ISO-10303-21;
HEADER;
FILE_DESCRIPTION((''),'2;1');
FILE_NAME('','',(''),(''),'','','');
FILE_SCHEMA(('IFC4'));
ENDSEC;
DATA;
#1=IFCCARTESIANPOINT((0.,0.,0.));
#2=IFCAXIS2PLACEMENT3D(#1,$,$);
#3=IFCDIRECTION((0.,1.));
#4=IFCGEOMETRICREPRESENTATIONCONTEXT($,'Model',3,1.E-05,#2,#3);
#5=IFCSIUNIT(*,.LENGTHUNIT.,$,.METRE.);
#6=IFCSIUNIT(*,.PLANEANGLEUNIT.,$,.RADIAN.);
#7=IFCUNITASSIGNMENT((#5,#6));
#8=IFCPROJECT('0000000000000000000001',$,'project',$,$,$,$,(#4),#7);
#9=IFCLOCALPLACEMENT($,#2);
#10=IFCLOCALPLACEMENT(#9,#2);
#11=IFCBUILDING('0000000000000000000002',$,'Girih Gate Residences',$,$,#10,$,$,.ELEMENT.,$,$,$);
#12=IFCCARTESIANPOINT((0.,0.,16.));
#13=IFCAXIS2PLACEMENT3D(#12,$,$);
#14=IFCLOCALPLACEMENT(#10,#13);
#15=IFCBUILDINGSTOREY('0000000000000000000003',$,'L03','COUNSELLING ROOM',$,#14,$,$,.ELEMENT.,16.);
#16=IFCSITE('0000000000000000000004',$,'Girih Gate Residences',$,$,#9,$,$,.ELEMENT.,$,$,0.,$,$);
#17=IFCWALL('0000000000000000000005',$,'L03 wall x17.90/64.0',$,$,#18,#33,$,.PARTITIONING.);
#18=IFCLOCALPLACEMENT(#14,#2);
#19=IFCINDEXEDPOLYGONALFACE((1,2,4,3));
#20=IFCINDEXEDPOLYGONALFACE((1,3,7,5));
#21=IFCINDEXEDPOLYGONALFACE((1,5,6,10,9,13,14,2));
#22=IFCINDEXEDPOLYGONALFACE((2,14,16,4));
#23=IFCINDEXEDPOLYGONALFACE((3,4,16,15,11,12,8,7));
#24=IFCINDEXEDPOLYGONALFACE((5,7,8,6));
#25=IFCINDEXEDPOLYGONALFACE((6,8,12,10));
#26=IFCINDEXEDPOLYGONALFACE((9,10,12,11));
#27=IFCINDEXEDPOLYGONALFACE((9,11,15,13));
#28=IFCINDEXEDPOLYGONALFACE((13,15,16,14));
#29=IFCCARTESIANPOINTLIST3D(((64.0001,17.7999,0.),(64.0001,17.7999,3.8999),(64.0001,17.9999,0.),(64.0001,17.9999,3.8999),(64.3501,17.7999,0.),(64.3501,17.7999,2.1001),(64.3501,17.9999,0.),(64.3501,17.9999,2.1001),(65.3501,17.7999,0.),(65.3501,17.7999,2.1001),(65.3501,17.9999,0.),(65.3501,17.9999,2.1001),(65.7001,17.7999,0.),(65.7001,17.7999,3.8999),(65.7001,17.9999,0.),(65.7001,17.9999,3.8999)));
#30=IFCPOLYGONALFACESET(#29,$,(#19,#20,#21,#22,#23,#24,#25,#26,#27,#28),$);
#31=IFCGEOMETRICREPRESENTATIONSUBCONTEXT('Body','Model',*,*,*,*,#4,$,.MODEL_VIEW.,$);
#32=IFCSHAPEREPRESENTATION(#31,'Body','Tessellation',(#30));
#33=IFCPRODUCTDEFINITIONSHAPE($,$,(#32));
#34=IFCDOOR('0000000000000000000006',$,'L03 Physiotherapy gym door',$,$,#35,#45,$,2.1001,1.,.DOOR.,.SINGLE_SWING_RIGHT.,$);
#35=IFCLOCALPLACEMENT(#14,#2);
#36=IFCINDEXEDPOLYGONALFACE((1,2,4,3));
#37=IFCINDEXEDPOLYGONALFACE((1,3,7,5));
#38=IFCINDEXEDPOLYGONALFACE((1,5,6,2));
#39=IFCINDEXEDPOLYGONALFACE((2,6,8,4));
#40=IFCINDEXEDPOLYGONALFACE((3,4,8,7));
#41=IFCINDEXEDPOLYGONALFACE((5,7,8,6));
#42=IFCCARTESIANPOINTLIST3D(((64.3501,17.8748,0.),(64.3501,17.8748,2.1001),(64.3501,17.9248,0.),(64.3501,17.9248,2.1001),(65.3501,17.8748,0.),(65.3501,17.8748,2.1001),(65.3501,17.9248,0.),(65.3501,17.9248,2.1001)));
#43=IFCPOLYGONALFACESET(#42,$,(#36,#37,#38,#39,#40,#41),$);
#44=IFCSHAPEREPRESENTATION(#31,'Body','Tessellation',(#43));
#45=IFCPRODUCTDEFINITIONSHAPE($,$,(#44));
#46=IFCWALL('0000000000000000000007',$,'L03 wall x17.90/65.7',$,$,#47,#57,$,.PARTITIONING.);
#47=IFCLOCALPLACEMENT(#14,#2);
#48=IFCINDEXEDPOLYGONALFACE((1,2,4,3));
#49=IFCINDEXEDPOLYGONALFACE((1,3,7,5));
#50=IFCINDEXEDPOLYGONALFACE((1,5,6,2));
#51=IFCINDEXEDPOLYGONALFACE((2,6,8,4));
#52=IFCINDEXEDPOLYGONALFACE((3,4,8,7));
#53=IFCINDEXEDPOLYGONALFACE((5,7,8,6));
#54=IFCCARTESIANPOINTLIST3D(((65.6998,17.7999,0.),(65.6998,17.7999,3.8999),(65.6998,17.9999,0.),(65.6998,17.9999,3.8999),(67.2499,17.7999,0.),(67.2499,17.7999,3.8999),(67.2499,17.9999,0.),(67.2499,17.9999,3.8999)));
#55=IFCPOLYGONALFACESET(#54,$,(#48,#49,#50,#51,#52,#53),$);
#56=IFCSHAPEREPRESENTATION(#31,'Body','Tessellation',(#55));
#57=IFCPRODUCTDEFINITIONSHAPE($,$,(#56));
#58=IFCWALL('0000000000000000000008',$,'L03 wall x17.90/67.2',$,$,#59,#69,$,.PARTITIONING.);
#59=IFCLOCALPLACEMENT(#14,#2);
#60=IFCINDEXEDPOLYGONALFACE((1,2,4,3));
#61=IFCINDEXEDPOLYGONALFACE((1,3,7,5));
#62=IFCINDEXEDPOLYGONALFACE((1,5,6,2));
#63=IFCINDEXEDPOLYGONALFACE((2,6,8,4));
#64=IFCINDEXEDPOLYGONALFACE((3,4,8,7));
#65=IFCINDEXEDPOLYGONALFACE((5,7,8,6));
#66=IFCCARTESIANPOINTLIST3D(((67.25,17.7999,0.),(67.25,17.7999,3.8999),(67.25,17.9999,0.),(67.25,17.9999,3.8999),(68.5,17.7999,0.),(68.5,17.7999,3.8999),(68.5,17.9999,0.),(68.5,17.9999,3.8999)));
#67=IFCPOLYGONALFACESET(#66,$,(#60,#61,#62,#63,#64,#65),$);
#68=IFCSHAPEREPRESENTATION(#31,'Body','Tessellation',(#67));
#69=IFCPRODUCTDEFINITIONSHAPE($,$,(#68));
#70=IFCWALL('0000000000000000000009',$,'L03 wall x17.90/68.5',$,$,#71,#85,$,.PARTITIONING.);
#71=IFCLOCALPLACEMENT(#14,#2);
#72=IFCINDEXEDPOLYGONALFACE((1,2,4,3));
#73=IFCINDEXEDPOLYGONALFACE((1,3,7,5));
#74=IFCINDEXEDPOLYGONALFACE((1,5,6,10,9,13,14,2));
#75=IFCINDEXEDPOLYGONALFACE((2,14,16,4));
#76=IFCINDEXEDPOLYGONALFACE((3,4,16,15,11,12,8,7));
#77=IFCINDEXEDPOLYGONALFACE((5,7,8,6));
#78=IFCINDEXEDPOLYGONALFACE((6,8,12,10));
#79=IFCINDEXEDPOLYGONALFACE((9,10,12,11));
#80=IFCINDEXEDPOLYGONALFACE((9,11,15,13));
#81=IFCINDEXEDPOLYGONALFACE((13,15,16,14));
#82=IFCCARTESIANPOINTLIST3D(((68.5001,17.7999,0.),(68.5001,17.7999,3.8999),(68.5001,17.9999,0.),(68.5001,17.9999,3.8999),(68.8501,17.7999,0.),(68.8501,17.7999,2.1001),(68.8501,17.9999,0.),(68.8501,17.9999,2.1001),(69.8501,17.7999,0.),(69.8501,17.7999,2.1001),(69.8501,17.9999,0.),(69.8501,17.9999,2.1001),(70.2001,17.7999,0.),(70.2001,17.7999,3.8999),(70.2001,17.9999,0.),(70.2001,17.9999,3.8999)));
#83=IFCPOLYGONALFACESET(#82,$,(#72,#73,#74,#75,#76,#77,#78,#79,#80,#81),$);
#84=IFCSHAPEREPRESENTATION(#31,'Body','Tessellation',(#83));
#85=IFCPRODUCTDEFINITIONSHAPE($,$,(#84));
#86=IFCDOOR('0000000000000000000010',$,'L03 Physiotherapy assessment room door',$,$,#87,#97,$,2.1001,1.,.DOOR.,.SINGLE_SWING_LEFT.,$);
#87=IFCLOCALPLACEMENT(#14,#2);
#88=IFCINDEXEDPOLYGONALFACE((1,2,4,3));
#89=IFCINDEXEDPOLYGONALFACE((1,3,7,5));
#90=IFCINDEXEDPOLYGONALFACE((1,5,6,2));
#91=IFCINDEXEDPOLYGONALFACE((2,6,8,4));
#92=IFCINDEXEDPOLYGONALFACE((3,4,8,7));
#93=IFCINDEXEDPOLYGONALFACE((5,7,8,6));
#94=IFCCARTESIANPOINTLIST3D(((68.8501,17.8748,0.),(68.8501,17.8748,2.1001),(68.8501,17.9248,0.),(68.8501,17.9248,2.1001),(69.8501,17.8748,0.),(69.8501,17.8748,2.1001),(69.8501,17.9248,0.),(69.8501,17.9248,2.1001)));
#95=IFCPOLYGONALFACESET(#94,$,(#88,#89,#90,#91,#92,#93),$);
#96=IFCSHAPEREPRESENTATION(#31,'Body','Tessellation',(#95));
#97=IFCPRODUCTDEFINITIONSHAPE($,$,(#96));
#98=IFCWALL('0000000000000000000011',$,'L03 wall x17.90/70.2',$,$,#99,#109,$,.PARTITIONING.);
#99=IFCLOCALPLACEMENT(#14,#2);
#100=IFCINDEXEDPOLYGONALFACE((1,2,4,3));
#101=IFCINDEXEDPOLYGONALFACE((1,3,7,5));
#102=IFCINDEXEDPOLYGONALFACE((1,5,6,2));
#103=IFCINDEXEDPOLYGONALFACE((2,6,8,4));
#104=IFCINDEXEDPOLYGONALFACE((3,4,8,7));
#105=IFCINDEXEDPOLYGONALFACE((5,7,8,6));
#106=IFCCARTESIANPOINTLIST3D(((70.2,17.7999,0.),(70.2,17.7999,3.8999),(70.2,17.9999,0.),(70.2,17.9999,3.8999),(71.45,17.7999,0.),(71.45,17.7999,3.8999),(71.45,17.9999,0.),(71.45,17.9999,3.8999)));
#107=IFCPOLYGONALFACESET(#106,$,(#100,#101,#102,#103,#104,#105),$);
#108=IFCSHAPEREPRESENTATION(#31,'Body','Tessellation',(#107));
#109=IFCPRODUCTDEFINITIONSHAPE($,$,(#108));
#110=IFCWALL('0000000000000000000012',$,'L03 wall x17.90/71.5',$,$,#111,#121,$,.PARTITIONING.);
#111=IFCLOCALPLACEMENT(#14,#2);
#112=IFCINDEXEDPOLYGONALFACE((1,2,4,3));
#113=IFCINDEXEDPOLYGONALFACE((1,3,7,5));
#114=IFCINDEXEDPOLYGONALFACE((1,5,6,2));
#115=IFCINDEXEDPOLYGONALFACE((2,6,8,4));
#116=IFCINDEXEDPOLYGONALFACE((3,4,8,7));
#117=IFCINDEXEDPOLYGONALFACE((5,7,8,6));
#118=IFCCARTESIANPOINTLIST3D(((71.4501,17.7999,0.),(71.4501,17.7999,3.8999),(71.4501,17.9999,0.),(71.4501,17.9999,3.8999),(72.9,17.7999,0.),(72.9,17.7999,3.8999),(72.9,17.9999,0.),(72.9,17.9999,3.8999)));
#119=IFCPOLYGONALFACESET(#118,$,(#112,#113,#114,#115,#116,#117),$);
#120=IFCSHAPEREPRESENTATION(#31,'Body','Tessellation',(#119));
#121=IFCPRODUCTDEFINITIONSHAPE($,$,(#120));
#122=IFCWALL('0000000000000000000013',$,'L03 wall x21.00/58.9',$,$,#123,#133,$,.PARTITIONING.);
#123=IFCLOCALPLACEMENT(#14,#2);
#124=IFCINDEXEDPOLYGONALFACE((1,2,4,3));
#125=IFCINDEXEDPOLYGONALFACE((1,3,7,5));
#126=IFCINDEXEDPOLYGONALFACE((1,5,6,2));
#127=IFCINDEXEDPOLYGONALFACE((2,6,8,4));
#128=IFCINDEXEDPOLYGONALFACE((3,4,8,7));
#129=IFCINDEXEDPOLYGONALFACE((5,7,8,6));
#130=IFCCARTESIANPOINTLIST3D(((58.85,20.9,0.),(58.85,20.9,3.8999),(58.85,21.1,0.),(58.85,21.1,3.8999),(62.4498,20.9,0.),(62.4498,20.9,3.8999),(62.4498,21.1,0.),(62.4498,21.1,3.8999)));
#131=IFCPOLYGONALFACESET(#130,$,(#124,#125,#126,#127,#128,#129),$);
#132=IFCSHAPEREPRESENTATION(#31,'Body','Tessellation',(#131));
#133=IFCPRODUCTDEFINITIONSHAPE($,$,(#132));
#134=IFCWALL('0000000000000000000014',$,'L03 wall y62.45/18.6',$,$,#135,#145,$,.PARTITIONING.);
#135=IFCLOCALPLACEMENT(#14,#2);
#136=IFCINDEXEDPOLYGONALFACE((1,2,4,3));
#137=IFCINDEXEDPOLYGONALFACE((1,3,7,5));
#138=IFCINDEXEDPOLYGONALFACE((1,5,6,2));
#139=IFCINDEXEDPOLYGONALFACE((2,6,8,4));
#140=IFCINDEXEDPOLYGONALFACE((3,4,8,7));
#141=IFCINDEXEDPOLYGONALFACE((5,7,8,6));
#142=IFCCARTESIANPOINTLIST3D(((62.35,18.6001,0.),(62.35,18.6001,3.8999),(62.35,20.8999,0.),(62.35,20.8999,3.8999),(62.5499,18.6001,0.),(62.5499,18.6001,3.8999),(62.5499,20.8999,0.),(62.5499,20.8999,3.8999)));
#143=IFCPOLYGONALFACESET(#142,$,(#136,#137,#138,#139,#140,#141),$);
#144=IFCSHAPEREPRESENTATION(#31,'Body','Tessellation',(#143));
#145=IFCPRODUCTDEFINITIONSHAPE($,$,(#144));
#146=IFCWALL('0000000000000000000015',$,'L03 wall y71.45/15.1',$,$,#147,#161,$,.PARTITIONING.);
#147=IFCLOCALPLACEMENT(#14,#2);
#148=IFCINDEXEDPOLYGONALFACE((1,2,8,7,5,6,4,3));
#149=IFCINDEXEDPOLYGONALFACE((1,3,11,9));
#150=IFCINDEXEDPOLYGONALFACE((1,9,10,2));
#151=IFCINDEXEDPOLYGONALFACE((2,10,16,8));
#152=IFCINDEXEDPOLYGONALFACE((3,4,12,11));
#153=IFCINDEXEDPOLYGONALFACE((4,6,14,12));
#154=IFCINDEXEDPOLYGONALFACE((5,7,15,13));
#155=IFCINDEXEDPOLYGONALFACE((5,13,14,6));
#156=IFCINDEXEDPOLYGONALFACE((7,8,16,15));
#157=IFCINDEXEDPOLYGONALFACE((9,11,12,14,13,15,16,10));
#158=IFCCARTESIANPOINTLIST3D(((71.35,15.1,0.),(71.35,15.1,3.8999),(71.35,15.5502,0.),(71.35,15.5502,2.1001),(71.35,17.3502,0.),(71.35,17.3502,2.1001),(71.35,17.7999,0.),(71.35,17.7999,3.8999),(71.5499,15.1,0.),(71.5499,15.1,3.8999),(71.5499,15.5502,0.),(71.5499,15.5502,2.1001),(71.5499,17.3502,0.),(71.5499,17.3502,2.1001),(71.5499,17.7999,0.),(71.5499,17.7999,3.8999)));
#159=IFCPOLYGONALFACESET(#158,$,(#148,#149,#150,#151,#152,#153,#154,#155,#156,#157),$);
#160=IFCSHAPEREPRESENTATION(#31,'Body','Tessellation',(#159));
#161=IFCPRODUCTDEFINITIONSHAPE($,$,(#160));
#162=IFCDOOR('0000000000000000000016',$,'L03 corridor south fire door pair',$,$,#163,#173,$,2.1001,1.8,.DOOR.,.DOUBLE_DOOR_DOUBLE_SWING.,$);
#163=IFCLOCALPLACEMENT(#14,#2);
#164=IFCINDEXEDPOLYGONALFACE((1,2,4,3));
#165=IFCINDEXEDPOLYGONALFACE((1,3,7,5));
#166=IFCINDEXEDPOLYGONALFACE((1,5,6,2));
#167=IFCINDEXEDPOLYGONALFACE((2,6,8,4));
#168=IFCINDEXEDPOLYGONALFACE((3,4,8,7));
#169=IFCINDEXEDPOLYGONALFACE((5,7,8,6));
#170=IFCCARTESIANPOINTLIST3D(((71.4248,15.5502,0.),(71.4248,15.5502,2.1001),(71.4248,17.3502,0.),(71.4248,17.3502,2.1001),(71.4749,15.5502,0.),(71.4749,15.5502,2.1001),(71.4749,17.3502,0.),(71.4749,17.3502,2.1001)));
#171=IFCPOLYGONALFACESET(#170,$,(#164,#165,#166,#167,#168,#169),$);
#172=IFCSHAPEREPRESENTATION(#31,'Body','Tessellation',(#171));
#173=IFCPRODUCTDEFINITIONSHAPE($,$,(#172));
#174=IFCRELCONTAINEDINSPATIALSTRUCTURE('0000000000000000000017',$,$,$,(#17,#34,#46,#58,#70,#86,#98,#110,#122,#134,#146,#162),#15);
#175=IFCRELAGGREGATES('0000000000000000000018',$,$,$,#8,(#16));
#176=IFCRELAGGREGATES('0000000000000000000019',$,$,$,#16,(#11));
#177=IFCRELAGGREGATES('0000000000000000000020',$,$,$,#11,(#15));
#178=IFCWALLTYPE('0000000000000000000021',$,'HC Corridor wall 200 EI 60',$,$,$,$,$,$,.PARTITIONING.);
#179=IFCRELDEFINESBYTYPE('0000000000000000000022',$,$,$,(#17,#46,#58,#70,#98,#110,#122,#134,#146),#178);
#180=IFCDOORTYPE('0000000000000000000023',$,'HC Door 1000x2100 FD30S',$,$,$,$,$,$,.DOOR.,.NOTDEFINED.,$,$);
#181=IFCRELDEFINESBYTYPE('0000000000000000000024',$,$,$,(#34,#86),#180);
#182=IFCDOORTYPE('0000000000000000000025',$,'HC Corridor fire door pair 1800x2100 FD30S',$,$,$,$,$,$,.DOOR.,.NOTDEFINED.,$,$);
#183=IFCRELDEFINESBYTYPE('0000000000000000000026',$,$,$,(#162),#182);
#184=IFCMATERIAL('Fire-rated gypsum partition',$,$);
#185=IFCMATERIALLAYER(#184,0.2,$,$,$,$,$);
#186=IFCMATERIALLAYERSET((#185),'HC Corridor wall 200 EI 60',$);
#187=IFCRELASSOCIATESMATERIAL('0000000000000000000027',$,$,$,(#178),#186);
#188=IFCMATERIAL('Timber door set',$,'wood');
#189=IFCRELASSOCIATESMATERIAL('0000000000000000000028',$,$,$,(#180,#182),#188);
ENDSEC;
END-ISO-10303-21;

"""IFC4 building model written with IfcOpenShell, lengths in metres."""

from ifc_helpers import new_model, si_unit, direction, frame, frame_2d, origin, place, context, subcontext, project, spatial, rectangle, extrude, material, layer, layer_set, type_object, element, fill, save


model = new_model("IFC4")

# Units and contexts
model_context = context("Model", 3, precision=1e-05, world=origin(), true_north=direction((0.0, 1.0)))
body_context = subcontext(model_context, "Body", "Model", "MODEL_VIEW")
ifc_project = project(units=[si_unit("LENGTHUNIT", "METRE"), si_unit("PLANEANGLEUNIT", "RADIAN")], contexts=[model_context])

# Site, building, storey
site_placement = place(None, origin())
site = spatial("IfcSite", under=ifc_project, at=site_placement, Name="Girih Gate Residences", CompositionType="ELEMENT", RefElevation=0.0)
building_placement = place(site_placement, origin())
building = spatial("IfcBuilding", under=site, at=building_placement, Name="Girih Gate Residences", CompositionType="ELEMENT")
storey_placement = place(building_placement, frame((0.0, 0.0, 16.0)))
storey = spatial("IfcBuildingStorey", under=building, at=storey_placement, Name="L03", Description="COUNSELLING ROOM", CompositionType="ELEMENT", Elevation=16.0)

# Shared definitions
ifc_material_1 = material(Name="Fire-rated gypsum partition")
ifc_layer_1 = layer(ifc_material_1, 0.2)
ifc_layer_set_1 = layer_set([ifc_layer_1], Name="HC Corridor wall 200 EI 60")
wall_type_1 = type_object("IfcWallType", Name="HC Corridor wall 200 EI 60", PredefinedType="PARTITIONING", material=ifc_layer_set_1)

# Wall, opening, door
wall_1_placement = place(storey_placement, frame((64.0, 17.8999, 0.0), z_axis=(0.0, 0.0, 1.0), x_axis=(1.0, 0.0, 0.0)))
wall_1 = element("IfcWall", 1, at=wall_1_placement, inside=storey, type_object=wall_type_1, Name="L03 wall x17.90/64.0", PredefinedType="PARTITIONING", context=body_context, shape_type="SweptSolid", body=[
    extrude(rectangle(XDim=1.7, YDim=0.2, at=frame_2d((0.8501, 0.0))), origin(), (0.0, 0.0, 1.0), 3.8999),
])
opening_1_placement = place(wall_1_placement, frame((0.3501, 0.0, 0.0)))
opening_1 = element("IfcOpeningElement", 2, at=opening_1_placement, cuts=wall_1, PredefinedType="OPENING", context=body_context, shape_type="SweptSolid", body=[
    extrude(rectangle(XDim=1.0, YDim=2.1001, at=frame_2d((0.5, 1.05))), frame((0.0, 0.1099, 0.0), z_axis=(0.0, -1.0, 0.0), x_axis=(1.0, 0.0, 0.0)), (0.0, 0.0, 1.0), 0.22),
])
ifc_material_2 = material(Name="Timber door set", Category="wood")
door_type_1 = type_object("IfcDoorType", Name="HC Door 1000x2100 FD30S", OperationType="NOTDEFINED", PredefinedType="DOOR", material=ifc_material_2)
door_1_placement = place(opening_1_placement, origin())
door_1 = element("IfcDoor", 3, at=door_1_placement, inside=storey, type_object=door_type_1, Name="L03 Physiotherapy gym door", OperationType="SINGLE_SWING_RIGHT", OverallHeight=2.1001, OverallWidth=1.0, PredefinedType="DOOR", context=body_context, shape_type="SweptSolid", body=[
    extrude(rectangle(XDim=1.0, YDim=2.1001, at=frame_2d((0.5, 1.05))), frame((0.0, 0.0249, 0.0), z_axis=(0.0, -1.0, 0.0), x_axis=(1.0, 0.0, 0.0)), (0.0, 0.0, 1.0), 0.05),
])
fill(opening_1, door_1)

# Walls
wall_2_placement = place(storey_placement, frame((65.7, 17.8999, 0.0), z_axis=(0.0, 0.0, 1.0), x_axis=(1.0, 0.0, 0.0)))
element("IfcWall", 4, at=wall_2_placement, inside=storey, type_object=wall_type_1, Name="L03 wall x17.90/65.7", PredefinedType="PARTITIONING", context=body_context, shape_type="SweptSolid", body=[
    extrude(rectangle(XDim=1.55, YDim=0.2, at=frame_2d((0.7749, 0.0))), origin(), (0.0, 0.0, 1.0), 3.8999),
])
wall_3_placement = place(storey_placement, frame((67.25, 17.8999, 0.0), z_axis=(0.0, 0.0, 1.0), x_axis=(1.0, 0.0, 0.0)))
element("IfcWall", 5, at=wall_3_placement, inside=storey, type_object=wall_type_1, Name="L03 wall x17.90/67.2", PredefinedType="PARTITIONING", context=body_context, shape_type="SweptSolid", body=[
    extrude(rectangle(XDim=1.25, YDim=0.2, at=frame_2d((0.625, 0.0))), origin(), (0.0, 0.0, 1.0), 3.8999),
])

# Wall, opening, door
wall_4_placement = place(storey_placement, frame((68.5, 17.8999, 0.0), z_axis=(0.0, 0.0, 1.0), x_axis=(1.0, 0.0, 0.0)))
wall_4 = element("IfcWall", 6, at=wall_4_placement, inside=storey, type_object=wall_type_1, Name="L03 wall x17.90/68.5", PredefinedType="PARTITIONING", context=body_context, shape_type="SweptSolid", body=[
    extrude(rectangle(XDim=1.7, YDim=0.2, at=frame_2d((0.8501, 0.0))), origin(), (0.0, 0.0, 1.0), 3.8999),
])
opening_2_placement = place(wall_4_placement, frame((0.3501, 0.0, 0.0)))
opening_2 = element("IfcOpeningElement", 7, at=opening_2_placement, cuts=wall_4, PredefinedType="OPENING", context=body_context, shape_type="SweptSolid", body=[
    extrude(rectangle(XDim=1.0, YDim=2.1001, at=frame_2d((0.5, 1.05))), frame((0.0, 0.1099, 0.0), z_axis=(0.0, -1.0, 0.0), x_axis=(1.0, 0.0, 0.0)), (0.0, 0.0, 1.0), 0.22),
])
door_2_placement = place(opening_2_placement, origin())
door_2 = element("IfcDoor", 8, at=door_2_placement, inside=storey, type_object=door_type_1, Name="L03 Physiotherapy assessment room door", OperationType="SINGLE_SWING_LEFT", OverallHeight=2.1001, OverallWidth=1.0, PredefinedType="DOOR", context=body_context, shape_type="SweptSolid", body=[
    extrude(rectangle(XDim=1.0, YDim=2.1001, at=frame_2d((0.5, 1.05))), frame((0.0, 0.0249, 0.0), z_axis=(0.0, -1.0, 0.0), x_axis=(1.0, 0.0, 0.0)), (0.0, 0.0, 1.0), 0.05),
])
fill(opening_2, door_2)

# Walls
wall_5_placement = place(storey_placement, frame((70.2, 17.8999, 0.0), z_axis=(0.0, 0.0, 1.0), x_axis=(1.0, 0.0, 0.0)))
element("IfcWall", 9, at=wall_5_placement, inside=storey, type_object=wall_type_1, Name="L03 wall x17.90/70.2", PredefinedType="PARTITIONING", context=body_context, shape_type="SweptSolid", body=[
    extrude(rectangle(XDim=1.25, YDim=0.2, at=frame_2d((0.625, 0.0))), origin(), (0.0, 0.0, 1.0), 3.8999),
])
wall_6_placement = place(storey_placement, frame((71.45, 17.8999, 0.0), z_axis=(0.0, 0.0, 1.0), x_axis=(1.0, 0.0, 0.0)))
element("IfcWall", 10, at=wall_6_placement, inside=storey, type_object=wall_type_1, Name="L03 wall x17.90/71.5", PredefinedType="PARTITIONING", context=body_context, shape_type="SweptSolid", body=[
    extrude(rectangle(XDim=1.45, YDim=0.2, at=frame_2d((0.7251, 0.0))), origin(), (0.0, 0.0, 1.0), 3.8999),
])
wall_7_placement = place(storey_placement, frame((58.8501, 21.0, 0.0), z_axis=(0.0, 0.0, 1.0), x_axis=(1.0, 0.0, 0.0)))
element("IfcWall", 11, at=wall_7_placement, inside=storey, type_object=wall_type_1, Name="L03 wall x21.00/58.9", PredefinedType="PARTITIONING", context=body_context, shape_type="SweptSolid", body=[
    extrude(rectangle(XDim=3.5999, YDim=0.2, at=frame_2d((1.7998, 0.0))), origin(), (0.0, 0.0, 1.0), 3.8999),
])
wall_8_placement = place(storey_placement, frame((62.45, 18.6001, 0.0), z_axis=(0.0, 0.0, 1.0), x_axis=(0.0, 1.0, 0.0)))
element("IfcWall", 12, at=wall_8_placement, inside=storey, type_object=wall_type_1, Name="L03 wall y62.45/18.6", PredefinedType="PARTITIONING", context=body_context, shape_type="SweptSolid", body=[
    extrude(rectangle(XDim=2.2998, YDim=0.2, at=frame_2d((1.1499, 0.0))), origin(), (0.0, 0.0, 1.0), 3.8999),
])

# Wall, opening, door
wall_9_placement = place(storey_placement, frame((71.45, 17.8, 0.0), z_axis=(0.0, 0.0, 1.0), x_axis=(0.0, -1.0, 0.0)))
wall_9 = element("IfcWall", 13, at=wall_9_placement, inside=storey, type_object=wall_type_1, Name="L03 wall y71.45/15.1", PredefinedType="PARTITIONING", context=body_context, shape_type="SweptSolid", body=[
    extrude(rectangle(XDim=2.7, YDim=0.2, at=frame_2d((1.3501, 0.0))), origin(), (0.0, 0.0, 1.0), 3.8999),
])
opening_3_placement = place(wall_9_placement, frame((0.45, 0.0, 0.0)))
opening_3 = element("IfcOpeningElement", 14, at=opening_3_placement, cuts=wall_9, PredefinedType="OPENING", context=body_context, shape_type="SweptSolid", body=[
    extrude(rectangle(XDim=1.8, YDim=2.1001, at=frame_2d((0.8999, 1.05))), frame((0.0, 0.1099, 0.0), z_axis=(0.0, -1.0, 0.0), x_axis=(1.0, 0.0, 0.0)), (0.0, 0.0, 1.0), 0.22),
])
door_type_2 = type_object("IfcDoorType", Name="HC Corridor fire door pair 1800x2100 FD30S", OperationType="NOTDEFINED", PredefinedType="DOOR", material=ifc_material_2)
door_3_placement = place(opening_3_placement, origin())
door_3 = element("IfcDoor", 15, at=door_3_placement, inside=storey, type_object=door_type_2, Name="L03 corridor south fire door pair", OperationType="DOUBLE_DOOR_DOUBLE_SWING", OverallHeight=2.1001, OverallWidth=1.8, PredefinedType="DOOR", context=body_context, shape_type="SweptSolid", body=[
    extrude(rectangle(XDim=1.8, YDim=2.1001, at=frame_2d((0.8999, 1.05))), frame((0.0, 0.0249, 0.0), z_axis=(0.0, -1.0, 0.0), x_axis=(1.0, 0.0, 0.0)), (0.0, 0.0, 1.0), 0.05),
])
fill(opening_3, door_3)

save(model, "model.ifc")
